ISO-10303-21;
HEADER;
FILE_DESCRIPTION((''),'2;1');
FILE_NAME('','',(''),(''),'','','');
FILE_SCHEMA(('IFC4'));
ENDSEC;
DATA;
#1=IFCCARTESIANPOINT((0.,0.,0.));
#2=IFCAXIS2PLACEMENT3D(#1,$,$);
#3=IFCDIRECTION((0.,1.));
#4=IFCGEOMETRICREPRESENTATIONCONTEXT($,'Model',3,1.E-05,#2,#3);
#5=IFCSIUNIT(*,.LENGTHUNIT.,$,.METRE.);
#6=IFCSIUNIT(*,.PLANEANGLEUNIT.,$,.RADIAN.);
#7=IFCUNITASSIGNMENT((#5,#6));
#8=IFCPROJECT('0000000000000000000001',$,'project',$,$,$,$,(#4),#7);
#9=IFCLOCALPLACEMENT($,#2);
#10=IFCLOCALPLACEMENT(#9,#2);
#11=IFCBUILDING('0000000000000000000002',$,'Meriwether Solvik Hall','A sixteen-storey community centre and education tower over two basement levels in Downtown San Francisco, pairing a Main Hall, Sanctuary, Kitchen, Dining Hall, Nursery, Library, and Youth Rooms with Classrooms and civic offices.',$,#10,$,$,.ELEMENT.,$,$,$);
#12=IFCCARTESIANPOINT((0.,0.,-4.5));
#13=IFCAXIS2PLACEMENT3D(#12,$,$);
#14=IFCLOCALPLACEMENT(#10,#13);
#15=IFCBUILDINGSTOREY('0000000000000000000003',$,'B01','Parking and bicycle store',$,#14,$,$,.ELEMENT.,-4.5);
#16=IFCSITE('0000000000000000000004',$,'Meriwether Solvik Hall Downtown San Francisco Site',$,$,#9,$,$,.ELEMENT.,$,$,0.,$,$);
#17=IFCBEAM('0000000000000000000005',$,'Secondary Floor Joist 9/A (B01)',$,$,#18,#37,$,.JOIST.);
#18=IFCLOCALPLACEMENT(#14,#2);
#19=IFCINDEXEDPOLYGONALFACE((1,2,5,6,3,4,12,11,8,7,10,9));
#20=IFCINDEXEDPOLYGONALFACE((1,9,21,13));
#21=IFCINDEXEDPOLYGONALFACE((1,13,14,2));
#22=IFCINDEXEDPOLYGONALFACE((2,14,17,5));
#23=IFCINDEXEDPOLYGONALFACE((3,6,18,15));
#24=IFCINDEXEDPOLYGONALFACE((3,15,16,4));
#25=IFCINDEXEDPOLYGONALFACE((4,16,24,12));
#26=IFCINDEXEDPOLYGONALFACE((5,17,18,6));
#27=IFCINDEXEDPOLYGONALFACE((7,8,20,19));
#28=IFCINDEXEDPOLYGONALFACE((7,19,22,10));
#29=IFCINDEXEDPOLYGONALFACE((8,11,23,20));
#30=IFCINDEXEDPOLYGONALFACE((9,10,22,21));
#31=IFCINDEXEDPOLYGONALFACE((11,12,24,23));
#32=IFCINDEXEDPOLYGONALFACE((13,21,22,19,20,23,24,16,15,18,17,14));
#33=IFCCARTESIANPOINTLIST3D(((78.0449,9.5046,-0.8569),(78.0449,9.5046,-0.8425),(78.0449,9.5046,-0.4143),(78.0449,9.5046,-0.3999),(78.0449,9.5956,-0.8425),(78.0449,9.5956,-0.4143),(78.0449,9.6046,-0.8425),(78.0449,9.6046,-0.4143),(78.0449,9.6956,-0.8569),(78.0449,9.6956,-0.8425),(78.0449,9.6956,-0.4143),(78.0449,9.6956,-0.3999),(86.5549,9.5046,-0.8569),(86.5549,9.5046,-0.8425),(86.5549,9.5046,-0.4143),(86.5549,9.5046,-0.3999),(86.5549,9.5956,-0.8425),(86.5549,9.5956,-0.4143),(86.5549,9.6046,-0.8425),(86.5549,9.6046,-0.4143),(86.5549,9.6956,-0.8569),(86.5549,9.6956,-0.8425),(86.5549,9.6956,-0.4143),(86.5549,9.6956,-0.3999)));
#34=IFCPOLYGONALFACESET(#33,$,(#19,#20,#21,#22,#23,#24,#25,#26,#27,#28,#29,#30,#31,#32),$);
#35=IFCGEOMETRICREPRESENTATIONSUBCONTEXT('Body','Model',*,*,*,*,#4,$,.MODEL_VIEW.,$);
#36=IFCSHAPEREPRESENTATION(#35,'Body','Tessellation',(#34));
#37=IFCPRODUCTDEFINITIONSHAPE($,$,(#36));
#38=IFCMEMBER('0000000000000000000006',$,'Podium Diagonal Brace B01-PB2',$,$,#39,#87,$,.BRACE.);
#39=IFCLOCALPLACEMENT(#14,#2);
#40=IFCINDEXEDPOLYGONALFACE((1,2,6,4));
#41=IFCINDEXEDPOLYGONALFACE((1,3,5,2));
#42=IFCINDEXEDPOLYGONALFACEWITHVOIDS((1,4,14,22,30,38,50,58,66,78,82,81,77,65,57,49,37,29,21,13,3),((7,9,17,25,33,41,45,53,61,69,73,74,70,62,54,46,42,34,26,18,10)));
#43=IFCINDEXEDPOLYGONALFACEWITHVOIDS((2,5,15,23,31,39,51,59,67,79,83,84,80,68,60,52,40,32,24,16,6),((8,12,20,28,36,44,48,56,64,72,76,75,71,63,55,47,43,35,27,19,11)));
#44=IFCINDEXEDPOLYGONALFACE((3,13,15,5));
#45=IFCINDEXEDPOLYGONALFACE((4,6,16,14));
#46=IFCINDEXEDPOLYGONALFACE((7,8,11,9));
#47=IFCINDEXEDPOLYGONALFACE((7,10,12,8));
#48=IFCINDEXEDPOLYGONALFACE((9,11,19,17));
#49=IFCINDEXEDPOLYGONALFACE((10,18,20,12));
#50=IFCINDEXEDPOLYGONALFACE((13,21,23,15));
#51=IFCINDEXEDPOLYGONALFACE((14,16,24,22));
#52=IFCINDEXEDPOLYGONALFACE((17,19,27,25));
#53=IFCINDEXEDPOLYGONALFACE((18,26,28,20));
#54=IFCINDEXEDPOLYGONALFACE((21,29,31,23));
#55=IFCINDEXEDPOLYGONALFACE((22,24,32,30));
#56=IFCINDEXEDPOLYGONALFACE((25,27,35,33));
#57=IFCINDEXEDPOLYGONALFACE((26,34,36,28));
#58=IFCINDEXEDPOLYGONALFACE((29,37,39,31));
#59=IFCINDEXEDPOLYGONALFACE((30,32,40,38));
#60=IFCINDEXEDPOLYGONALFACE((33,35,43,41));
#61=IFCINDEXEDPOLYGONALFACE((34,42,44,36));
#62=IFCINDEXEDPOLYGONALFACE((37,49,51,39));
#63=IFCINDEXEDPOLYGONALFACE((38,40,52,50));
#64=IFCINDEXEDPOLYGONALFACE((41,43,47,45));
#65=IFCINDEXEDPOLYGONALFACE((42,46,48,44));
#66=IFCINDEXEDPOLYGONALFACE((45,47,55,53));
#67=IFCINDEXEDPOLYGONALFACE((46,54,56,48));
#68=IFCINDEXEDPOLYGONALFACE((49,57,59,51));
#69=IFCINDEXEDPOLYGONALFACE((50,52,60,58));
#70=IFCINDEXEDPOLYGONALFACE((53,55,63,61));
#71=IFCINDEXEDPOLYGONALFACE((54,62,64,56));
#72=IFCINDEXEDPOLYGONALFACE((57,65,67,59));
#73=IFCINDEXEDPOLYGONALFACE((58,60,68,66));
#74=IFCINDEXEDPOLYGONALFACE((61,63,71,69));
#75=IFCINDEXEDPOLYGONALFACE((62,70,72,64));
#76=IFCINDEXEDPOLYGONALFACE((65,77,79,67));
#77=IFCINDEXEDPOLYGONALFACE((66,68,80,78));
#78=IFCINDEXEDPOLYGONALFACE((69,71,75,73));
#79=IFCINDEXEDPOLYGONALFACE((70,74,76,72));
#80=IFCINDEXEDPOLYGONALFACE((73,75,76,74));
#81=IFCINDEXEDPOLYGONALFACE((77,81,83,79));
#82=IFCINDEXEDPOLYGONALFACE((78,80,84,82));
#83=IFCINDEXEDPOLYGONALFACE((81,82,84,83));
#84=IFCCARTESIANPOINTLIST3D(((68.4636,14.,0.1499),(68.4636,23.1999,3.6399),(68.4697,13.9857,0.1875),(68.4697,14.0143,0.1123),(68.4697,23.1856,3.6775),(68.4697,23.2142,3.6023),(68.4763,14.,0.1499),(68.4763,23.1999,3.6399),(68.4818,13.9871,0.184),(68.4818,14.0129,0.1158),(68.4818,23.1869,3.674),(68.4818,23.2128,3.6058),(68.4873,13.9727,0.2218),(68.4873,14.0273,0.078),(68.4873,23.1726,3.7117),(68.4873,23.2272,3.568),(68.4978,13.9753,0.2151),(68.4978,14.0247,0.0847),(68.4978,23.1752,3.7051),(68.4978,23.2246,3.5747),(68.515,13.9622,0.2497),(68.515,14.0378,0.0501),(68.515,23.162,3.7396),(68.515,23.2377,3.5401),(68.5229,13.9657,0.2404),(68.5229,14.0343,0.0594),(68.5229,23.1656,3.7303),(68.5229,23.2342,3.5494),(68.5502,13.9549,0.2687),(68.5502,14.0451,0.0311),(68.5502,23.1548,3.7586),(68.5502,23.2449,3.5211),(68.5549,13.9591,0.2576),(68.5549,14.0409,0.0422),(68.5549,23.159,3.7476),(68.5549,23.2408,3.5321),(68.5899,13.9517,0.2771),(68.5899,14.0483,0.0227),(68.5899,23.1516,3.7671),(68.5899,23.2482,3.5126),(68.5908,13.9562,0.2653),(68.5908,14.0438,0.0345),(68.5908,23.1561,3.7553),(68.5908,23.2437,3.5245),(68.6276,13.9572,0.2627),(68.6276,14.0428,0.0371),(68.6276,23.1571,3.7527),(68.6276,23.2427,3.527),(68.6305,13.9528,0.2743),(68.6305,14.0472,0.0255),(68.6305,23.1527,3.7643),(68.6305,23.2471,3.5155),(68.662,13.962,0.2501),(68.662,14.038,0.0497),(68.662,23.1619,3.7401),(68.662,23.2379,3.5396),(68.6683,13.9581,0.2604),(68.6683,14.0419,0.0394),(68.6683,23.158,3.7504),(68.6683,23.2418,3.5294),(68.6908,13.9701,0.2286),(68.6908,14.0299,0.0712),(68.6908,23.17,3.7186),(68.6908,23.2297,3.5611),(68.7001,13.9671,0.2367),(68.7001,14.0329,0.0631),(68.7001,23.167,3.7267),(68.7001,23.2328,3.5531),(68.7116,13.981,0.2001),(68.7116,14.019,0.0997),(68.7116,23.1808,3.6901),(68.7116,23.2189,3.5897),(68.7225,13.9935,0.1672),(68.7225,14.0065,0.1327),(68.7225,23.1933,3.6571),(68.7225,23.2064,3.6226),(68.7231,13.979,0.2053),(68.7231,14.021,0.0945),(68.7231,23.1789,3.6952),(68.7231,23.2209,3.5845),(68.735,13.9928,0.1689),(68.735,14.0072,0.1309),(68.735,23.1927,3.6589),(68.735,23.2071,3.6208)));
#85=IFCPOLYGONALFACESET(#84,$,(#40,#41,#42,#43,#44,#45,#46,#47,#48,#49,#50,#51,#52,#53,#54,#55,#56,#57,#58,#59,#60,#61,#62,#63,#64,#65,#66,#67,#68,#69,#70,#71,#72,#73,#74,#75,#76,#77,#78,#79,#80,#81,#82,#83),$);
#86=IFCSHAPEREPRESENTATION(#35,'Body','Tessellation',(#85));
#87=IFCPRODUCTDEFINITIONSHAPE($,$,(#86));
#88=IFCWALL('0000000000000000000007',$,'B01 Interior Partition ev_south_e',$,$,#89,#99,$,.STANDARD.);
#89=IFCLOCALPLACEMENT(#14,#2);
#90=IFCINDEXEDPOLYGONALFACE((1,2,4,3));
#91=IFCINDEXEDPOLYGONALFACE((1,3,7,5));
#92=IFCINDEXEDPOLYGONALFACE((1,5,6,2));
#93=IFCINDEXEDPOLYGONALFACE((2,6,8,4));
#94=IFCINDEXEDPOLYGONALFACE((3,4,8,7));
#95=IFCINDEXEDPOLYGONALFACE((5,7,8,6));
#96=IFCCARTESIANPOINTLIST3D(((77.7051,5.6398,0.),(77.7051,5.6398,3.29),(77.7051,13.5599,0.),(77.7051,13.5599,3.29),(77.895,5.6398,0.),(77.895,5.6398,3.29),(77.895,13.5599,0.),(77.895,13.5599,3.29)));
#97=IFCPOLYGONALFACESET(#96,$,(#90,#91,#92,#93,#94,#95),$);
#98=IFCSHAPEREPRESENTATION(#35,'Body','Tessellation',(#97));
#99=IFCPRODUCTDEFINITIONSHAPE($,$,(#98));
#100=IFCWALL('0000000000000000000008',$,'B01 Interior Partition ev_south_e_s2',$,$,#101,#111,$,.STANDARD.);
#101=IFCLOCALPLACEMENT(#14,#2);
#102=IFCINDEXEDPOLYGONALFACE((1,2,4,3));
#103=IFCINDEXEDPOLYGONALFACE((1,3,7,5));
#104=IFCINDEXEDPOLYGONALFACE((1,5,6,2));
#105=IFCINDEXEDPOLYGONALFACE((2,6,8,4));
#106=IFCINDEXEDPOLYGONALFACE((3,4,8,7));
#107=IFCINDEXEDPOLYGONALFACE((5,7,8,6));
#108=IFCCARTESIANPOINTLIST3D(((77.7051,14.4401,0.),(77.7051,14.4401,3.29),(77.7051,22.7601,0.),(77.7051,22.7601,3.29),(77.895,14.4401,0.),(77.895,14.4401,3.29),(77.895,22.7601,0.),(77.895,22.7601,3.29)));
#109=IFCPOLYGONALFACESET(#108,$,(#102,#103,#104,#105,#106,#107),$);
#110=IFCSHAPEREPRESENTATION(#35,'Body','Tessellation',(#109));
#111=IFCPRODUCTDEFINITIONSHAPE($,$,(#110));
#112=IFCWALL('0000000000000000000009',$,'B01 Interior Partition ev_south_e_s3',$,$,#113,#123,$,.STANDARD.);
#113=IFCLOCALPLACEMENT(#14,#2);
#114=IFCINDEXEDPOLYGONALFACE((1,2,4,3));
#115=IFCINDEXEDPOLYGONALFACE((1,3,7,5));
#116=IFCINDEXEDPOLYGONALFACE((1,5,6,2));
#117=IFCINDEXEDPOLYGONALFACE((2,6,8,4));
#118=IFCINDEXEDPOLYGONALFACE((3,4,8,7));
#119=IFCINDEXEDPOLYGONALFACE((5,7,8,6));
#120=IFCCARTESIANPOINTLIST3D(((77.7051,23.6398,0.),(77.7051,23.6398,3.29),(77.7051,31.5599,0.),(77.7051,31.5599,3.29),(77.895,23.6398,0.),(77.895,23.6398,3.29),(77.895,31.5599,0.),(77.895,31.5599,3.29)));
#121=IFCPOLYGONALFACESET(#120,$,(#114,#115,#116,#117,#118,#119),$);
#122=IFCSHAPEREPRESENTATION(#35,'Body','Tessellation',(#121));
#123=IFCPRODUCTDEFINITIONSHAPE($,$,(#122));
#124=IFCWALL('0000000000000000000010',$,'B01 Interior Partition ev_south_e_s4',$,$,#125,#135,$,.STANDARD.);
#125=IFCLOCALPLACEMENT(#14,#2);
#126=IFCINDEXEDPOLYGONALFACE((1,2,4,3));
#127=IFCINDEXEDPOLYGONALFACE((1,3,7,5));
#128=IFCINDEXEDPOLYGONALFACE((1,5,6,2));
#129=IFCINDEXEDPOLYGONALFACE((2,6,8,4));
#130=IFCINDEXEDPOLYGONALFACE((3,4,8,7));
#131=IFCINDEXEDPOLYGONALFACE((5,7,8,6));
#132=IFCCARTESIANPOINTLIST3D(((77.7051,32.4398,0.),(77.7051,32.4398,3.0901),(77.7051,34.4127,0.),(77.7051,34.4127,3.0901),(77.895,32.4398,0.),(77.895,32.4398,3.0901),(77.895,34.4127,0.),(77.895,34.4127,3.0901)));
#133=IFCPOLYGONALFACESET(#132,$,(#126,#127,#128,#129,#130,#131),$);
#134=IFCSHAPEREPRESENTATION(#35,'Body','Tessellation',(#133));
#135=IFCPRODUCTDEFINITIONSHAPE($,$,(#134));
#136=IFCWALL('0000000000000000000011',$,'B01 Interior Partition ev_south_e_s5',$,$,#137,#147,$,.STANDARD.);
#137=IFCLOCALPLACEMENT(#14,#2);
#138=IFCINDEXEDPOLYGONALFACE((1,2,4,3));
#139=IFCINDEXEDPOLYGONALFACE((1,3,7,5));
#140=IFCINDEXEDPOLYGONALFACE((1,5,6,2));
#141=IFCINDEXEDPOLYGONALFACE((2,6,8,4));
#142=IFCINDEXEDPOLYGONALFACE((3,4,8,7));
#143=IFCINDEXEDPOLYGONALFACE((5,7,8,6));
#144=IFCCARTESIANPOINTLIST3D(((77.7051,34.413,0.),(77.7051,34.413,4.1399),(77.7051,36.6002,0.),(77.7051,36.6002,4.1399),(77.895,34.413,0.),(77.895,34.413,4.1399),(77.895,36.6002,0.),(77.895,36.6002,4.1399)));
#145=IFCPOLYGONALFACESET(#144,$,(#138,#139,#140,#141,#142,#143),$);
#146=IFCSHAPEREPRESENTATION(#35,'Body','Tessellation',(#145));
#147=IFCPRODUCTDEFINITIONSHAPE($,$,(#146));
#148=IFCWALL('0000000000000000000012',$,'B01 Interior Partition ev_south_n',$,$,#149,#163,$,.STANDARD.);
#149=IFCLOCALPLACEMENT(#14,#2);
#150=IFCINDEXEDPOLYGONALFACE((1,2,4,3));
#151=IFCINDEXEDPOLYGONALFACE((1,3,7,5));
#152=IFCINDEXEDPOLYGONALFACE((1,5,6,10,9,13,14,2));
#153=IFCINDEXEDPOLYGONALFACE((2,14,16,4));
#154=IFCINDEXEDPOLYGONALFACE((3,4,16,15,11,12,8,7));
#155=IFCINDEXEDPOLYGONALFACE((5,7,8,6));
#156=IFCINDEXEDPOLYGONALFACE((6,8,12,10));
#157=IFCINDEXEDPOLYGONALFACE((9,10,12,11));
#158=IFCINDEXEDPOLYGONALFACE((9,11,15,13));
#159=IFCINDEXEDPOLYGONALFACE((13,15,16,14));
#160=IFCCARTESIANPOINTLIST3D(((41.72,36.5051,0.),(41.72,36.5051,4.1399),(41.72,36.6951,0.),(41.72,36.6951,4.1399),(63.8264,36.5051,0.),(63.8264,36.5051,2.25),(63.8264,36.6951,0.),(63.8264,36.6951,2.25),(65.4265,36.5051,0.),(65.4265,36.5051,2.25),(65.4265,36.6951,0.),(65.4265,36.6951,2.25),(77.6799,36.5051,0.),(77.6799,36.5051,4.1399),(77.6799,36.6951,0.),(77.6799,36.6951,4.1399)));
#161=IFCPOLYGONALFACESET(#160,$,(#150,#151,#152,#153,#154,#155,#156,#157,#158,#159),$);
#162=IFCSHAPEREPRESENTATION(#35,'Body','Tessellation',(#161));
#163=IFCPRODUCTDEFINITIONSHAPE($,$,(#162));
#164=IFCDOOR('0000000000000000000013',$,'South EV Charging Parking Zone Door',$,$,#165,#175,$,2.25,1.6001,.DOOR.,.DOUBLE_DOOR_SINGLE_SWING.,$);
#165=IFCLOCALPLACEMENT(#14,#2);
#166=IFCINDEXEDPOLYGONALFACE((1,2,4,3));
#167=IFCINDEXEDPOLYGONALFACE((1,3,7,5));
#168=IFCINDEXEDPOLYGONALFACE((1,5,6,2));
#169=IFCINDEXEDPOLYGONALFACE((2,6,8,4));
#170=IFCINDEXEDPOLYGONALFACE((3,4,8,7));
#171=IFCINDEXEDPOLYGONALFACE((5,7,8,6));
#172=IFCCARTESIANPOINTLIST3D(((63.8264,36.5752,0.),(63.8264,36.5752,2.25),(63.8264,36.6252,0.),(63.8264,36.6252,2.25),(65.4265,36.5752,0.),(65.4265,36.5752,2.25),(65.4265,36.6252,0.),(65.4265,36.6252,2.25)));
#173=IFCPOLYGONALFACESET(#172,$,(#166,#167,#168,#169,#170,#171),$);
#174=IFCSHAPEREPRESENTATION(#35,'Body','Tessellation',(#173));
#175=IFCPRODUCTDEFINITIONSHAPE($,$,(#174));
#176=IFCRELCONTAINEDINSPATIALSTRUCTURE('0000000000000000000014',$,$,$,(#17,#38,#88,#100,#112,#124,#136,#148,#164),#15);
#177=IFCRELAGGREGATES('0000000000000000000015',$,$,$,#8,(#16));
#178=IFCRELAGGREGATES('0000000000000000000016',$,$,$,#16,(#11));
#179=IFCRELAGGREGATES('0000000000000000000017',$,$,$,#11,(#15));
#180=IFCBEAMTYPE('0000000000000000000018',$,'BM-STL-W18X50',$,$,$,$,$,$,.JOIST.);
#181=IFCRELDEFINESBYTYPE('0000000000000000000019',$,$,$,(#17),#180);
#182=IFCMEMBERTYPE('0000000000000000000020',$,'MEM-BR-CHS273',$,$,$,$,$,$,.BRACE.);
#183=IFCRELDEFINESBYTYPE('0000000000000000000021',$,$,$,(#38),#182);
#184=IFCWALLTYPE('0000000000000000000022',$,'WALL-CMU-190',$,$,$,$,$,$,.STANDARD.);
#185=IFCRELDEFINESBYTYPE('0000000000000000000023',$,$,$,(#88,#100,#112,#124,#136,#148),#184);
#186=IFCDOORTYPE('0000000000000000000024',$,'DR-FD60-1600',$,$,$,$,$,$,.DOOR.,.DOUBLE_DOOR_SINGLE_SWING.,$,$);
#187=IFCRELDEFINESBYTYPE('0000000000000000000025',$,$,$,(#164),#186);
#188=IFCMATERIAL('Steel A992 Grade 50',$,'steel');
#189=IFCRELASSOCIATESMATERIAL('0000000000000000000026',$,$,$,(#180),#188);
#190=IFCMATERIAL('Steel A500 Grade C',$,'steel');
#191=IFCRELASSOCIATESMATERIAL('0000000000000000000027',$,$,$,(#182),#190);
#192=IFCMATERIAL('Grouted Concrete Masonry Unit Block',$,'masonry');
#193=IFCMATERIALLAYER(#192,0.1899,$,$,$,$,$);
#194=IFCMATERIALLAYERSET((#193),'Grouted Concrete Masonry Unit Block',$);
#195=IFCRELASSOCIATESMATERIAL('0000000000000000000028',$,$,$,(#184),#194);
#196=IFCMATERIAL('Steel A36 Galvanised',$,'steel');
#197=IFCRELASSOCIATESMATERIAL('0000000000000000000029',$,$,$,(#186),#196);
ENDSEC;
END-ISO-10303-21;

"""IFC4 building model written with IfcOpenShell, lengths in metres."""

from ifc_helpers import new_model, si_unit, direction, frame, frame_2d, origin, origin_2d, place, context, subcontext, project, spatial, rectangle, hollow_circle, i_section, extrude, material, layer, layer_set, material_profile, profile_set, type_object, element, fill, save


model = new_model("IFC4")

# Units and contexts
model_context = context("Model", 3, precision=1e-05, world=origin(), true_north=direction((0.0, 1.0)))
body_context = subcontext(model_context, "Body", "Model", "MODEL_VIEW")
ifc_project = project(units=[si_unit("LENGTHUNIT", "METRE"), si_unit("PLANEANGLEUNIT", "RADIAN")], contexts=[model_context])

# Site, building, storey
site_placement = place(None, origin())
site = spatial("IfcSite", under=ifc_project, at=site_placement, Name="Meriwether Solvik Hall Downtown San Francisco Site", CompositionType="ELEMENT", RefElevation=0.0)
building_placement = place(site_placement, origin())
building = spatial("IfcBuilding", under=site, at=building_placement, Name="Meriwether Solvik Hall", Description="A sixteen-storey community centre and education tower over two basement levels in Downtown San Francisco, pairing a Main Hall, Sanctuary, Kitchen, Dining Hall, Nursery, Library, and Youth Rooms with Classrooms and civic offices.", CompositionType="ELEMENT")
storey_placement = place(building_placement, frame((0.0, 0.0, -4.5)))
storey = spatial("IfcBuildingStorey", under=building, at=storey_placement, Name="B01", Description="Parking and bicycle store", CompositionType="ELEMENT", Elevation=-4.5)

# Beam
ifc_material_1 = material(Name="Steel A992 Grade 50", Category="steel")
ifc_material_profile_1 = material_profile(ifc_material_1, i_section(OverallWidth=0.1909, OverallDepth=0.457, WebThickness=0.009, FlangeThickness=0.0144, at=origin_2d()), Name="W18X50")
ifc_profile_set_1 = profile_set([ifc_material_profile_1], Name="Steel A992 Grade 50")
beam_type_1 = type_object("IfcBeamType", Name="BM-STL-W18X50", PredefinedType="JOIST", material=ifc_profile_set_1)
beam_1_placement = place(storey_placement, frame((78.0449, 9.6001, -0.6284), z_axis=(1.0, 0.0, 0.0), x_axis=(0.0, 1.0, 0.0)))
element("IfcBeam", 1, at=beam_1_placement, inside=storey, type_object=beam_type_1, Name="Secondary Floor Joist 9/A (B01)", PredefinedType="JOIST", context=body_context, shape_type="SweptSolid", body=[
    extrude(i_section(OverallWidth=0.1909, OverallDepth=0.457, WebThickness=0.009, FlangeThickness=0.0144, at=origin_2d()), origin(), (0.0, 0.0, 1.0), 8.51),
])

# Member
ifc_material_2 = material(Name="Steel A500 Grade C", Category="steel")
ifc_material_profile_2 = material_profile(ifc_material_2, hollow_circle(Radius=0.1365, WallThickness=0.0127, at=origin_2d()), Name="CHS273X12.7")
ifc_profile_set_2 = profile_set([ifc_material_profile_2], Name="Steel A500 Grade C")
member_type = type_object("IfcMemberType", Name="MEM-BR-CHS273", PredefinedType="BRACE", material=ifc_profile_set_2)
member_placement = place(storey_placement, frame((68.6001, 14.0, 0.1499), z_axis=(0.0, 0.934986, 0.354686), x_axis=(-1.0, 0.0, 0.0)))
element("IfcMember", 2, at=member_placement, inside=storey, type_object=member_type, Name="Podium Diagonal Brace B01-PB2", PredefinedType="BRACE", context=body_context, shape_type="SweptSolid", body=[
    extrude(hollow_circle(Radius=0.1365, WallThickness=0.0127, at=origin_2d()), origin(), (0.0, 0.0, 1.0), 9.8396),
])

# Walls
ifc_material_3 = material(Name="Grouted Concrete Masonry Unit Block", Category="masonry")
ifc_layer = layer(ifc_material_3, 0.1899)
ifc_layer_set = layer_set([ifc_layer], Name="Grouted Concrete Masonry Unit Block")
wall_type = type_object("IfcWallType", Name="WALL-CMU-190", PredefinedType="STANDARD", material=ifc_layer_set)
wall_1_placement = place(storey_placement, frame((77.8, 5.6399, 0.0), z_axis=(0.0, 0.0, 1.0), x_axis=(0.0, 1.0, 0.0)))
element("IfcWall", 3, at=wall_1_placement, inside=storey, type_object=wall_type, Name="B01 Interior Partition ev_south_e", PredefinedType="STANDARD", context=body_context, shape_type="SweptSolid", body=[
    extrude(rectangle(XDim=7.9202, YDim=0.1899, at=frame_2d((3.96, 0.0))), origin(), (0.0, 0.0, 1.0), 3.29),
])
wall_2_placement = place(storey_placement, frame((77.8, 14.4399, 0.0), z_axis=(0.0, 0.0, 1.0), x_axis=(0.0, 1.0, 0.0)))
element("IfcWall", 4, at=wall_2_placement, inside=storey, type_object=wall_type, Name="B01 Interior Partition ev_south_e_s2", PredefinedType="STANDARD", context=body_context, shape_type="SweptSolid", body=[
    extrude(rectangle(XDim=8.3201, YDim=0.1899, at=frame_2d((4.1602, 0.0))), origin(), (0.0, 0.0, 1.0), 3.29),
])
wall_3_placement = place(storey_placement, frame((77.8, 23.6399, 0.0), z_axis=(0.0, 0.0, 1.0), x_axis=(0.0, 1.0, 0.0)))
element("IfcWall", 5, at=wall_3_placement, inside=storey, type_object=wall_type, Name="B01 Interior Partition ev_south_e_s3", PredefinedType="STANDARD", context=body_context, shape_type="SweptSolid", body=[
    extrude(rectangle(XDim=7.9202, YDim=0.1899, at=frame_2d((3.96, 0.0))), origin(), (0.0, 0.0, 1.0), 3.29),
])
wall_4_placement = place(storey_placement, frame((77.8, 32.4399, 0.0), z_axis=(0.0, 0.0, 1.0), x_axis=(0.0, 1.0, 0.0)))
element("IfcWall", 6, at=wall_4_placement, inside=storey, type_object=wall_type, Name="B01 Interior Partition ev_south_e_s4", PredefinedType="STANDARD", context=body_context, shape_type="SweptSolid", body=[
    extrude(rectangle(XDim=1.9729, YDim=0.1899, at=frame_2d((0.9863, 0.0))), origin(), (0.0, 0.0, 1.0), 3.0901),
])
wall_5_placement = place(storey_placement, frame((77.8, 34.4128, 0.0), z_axis=(0.0, 0.0, 1.0), x_axis=(0.0, 1.0, 0.0)))
element("IfcWall", 7, at=wall_5_placement, inside=storey, type_object=wall_type, Name="B01 Interior Partition ev_south_e_s5", PredefinedType="STANDARD", context=body_context, shape_type="SweptSolid", body=[
    extrude(rectangle(XDim=2.1873, YDim=0.1899, at=frame_2d((1.0938, 0.0))), origin(), (0.0, 0.0, 1.0), 4.1399),
])

# Wall, opening, door
wall_6_placement = place(storey_placement, frame((77.6799, 36.6001, 0.0), z_axis=(0.0, 0.0, 1.0), x_axis=(-1.0, 0.0, 0.0)))
wall_6 = element("IfcWall", 8, at=wall_6_placement, inside=storey, type_object=wall_type, Name="B01 Interior Partition ev_south_n", PredefinedType="STANDARD", context=body_context, shape_type="SweptSolid", body=[
    extrude(rectangle(XDim=35.96, YDim=0.1899, at=frame_2d((17.98, 0.0))), origin(), (0.0, 0.0, 1.0), 4.1399),
])
opening_placement = place(wall_6_placement, frame((12.2534, 0.0, 0.0)))
opening = element("IfcOpeningElement", 9, at=opening_placement, cuts=wall_6, PredefinedType="OPENING", context=body_context, shape_type="SweptSolid", body=[
    extrude(rectangle(XDim=1.6001, YDim=2.25, at=frame_2d((0.8, 1.125))), frame((0.0, 0.1069, 0.0), z_axis=(0.0, -1.0, 0.0), x_axis=(1.0, 0.0, 0.0)), (0.0, 0.0, 1.0), 0.2139),
])
ifc_material_4 = material(Name="Steel A36 Galvanised", Category="steel")
door_type = type_object("IfcDoorType", Name="DR-FD60-1600", OperationType="DOUBLE_DOOR_SINGLE_SWING", PredefinedType="DOOR", material=ifc_material_4)
door_placement = place(opening_placement, origin())
door = element("IfcDoor", 10, at=door_placement, inside=storey, type_object=door_type, Name="South EV Charging Parking Zone Door", OperationType="DOUBLE_DOOR_SINGLE_SWING", OverallHeight=2.25, OverallWidth=1.6001, PredefinedType="DOOR", context=body_context, shape_type="SweptSolid", body=[
    extrude(rectangle(XDim=1.6001, YDim=2.25, at=frame_2d((0.8, 1.125))), frame((0.0, 0.0249, 0.0), z_axis=(0.0, -1.0, 0.0), x_axis=(1.0, 0.0, 0.0)), (0.0, 0.0, 1.0), 0.05),
])
fill(opening, door)

save(model, "model.ifc")
